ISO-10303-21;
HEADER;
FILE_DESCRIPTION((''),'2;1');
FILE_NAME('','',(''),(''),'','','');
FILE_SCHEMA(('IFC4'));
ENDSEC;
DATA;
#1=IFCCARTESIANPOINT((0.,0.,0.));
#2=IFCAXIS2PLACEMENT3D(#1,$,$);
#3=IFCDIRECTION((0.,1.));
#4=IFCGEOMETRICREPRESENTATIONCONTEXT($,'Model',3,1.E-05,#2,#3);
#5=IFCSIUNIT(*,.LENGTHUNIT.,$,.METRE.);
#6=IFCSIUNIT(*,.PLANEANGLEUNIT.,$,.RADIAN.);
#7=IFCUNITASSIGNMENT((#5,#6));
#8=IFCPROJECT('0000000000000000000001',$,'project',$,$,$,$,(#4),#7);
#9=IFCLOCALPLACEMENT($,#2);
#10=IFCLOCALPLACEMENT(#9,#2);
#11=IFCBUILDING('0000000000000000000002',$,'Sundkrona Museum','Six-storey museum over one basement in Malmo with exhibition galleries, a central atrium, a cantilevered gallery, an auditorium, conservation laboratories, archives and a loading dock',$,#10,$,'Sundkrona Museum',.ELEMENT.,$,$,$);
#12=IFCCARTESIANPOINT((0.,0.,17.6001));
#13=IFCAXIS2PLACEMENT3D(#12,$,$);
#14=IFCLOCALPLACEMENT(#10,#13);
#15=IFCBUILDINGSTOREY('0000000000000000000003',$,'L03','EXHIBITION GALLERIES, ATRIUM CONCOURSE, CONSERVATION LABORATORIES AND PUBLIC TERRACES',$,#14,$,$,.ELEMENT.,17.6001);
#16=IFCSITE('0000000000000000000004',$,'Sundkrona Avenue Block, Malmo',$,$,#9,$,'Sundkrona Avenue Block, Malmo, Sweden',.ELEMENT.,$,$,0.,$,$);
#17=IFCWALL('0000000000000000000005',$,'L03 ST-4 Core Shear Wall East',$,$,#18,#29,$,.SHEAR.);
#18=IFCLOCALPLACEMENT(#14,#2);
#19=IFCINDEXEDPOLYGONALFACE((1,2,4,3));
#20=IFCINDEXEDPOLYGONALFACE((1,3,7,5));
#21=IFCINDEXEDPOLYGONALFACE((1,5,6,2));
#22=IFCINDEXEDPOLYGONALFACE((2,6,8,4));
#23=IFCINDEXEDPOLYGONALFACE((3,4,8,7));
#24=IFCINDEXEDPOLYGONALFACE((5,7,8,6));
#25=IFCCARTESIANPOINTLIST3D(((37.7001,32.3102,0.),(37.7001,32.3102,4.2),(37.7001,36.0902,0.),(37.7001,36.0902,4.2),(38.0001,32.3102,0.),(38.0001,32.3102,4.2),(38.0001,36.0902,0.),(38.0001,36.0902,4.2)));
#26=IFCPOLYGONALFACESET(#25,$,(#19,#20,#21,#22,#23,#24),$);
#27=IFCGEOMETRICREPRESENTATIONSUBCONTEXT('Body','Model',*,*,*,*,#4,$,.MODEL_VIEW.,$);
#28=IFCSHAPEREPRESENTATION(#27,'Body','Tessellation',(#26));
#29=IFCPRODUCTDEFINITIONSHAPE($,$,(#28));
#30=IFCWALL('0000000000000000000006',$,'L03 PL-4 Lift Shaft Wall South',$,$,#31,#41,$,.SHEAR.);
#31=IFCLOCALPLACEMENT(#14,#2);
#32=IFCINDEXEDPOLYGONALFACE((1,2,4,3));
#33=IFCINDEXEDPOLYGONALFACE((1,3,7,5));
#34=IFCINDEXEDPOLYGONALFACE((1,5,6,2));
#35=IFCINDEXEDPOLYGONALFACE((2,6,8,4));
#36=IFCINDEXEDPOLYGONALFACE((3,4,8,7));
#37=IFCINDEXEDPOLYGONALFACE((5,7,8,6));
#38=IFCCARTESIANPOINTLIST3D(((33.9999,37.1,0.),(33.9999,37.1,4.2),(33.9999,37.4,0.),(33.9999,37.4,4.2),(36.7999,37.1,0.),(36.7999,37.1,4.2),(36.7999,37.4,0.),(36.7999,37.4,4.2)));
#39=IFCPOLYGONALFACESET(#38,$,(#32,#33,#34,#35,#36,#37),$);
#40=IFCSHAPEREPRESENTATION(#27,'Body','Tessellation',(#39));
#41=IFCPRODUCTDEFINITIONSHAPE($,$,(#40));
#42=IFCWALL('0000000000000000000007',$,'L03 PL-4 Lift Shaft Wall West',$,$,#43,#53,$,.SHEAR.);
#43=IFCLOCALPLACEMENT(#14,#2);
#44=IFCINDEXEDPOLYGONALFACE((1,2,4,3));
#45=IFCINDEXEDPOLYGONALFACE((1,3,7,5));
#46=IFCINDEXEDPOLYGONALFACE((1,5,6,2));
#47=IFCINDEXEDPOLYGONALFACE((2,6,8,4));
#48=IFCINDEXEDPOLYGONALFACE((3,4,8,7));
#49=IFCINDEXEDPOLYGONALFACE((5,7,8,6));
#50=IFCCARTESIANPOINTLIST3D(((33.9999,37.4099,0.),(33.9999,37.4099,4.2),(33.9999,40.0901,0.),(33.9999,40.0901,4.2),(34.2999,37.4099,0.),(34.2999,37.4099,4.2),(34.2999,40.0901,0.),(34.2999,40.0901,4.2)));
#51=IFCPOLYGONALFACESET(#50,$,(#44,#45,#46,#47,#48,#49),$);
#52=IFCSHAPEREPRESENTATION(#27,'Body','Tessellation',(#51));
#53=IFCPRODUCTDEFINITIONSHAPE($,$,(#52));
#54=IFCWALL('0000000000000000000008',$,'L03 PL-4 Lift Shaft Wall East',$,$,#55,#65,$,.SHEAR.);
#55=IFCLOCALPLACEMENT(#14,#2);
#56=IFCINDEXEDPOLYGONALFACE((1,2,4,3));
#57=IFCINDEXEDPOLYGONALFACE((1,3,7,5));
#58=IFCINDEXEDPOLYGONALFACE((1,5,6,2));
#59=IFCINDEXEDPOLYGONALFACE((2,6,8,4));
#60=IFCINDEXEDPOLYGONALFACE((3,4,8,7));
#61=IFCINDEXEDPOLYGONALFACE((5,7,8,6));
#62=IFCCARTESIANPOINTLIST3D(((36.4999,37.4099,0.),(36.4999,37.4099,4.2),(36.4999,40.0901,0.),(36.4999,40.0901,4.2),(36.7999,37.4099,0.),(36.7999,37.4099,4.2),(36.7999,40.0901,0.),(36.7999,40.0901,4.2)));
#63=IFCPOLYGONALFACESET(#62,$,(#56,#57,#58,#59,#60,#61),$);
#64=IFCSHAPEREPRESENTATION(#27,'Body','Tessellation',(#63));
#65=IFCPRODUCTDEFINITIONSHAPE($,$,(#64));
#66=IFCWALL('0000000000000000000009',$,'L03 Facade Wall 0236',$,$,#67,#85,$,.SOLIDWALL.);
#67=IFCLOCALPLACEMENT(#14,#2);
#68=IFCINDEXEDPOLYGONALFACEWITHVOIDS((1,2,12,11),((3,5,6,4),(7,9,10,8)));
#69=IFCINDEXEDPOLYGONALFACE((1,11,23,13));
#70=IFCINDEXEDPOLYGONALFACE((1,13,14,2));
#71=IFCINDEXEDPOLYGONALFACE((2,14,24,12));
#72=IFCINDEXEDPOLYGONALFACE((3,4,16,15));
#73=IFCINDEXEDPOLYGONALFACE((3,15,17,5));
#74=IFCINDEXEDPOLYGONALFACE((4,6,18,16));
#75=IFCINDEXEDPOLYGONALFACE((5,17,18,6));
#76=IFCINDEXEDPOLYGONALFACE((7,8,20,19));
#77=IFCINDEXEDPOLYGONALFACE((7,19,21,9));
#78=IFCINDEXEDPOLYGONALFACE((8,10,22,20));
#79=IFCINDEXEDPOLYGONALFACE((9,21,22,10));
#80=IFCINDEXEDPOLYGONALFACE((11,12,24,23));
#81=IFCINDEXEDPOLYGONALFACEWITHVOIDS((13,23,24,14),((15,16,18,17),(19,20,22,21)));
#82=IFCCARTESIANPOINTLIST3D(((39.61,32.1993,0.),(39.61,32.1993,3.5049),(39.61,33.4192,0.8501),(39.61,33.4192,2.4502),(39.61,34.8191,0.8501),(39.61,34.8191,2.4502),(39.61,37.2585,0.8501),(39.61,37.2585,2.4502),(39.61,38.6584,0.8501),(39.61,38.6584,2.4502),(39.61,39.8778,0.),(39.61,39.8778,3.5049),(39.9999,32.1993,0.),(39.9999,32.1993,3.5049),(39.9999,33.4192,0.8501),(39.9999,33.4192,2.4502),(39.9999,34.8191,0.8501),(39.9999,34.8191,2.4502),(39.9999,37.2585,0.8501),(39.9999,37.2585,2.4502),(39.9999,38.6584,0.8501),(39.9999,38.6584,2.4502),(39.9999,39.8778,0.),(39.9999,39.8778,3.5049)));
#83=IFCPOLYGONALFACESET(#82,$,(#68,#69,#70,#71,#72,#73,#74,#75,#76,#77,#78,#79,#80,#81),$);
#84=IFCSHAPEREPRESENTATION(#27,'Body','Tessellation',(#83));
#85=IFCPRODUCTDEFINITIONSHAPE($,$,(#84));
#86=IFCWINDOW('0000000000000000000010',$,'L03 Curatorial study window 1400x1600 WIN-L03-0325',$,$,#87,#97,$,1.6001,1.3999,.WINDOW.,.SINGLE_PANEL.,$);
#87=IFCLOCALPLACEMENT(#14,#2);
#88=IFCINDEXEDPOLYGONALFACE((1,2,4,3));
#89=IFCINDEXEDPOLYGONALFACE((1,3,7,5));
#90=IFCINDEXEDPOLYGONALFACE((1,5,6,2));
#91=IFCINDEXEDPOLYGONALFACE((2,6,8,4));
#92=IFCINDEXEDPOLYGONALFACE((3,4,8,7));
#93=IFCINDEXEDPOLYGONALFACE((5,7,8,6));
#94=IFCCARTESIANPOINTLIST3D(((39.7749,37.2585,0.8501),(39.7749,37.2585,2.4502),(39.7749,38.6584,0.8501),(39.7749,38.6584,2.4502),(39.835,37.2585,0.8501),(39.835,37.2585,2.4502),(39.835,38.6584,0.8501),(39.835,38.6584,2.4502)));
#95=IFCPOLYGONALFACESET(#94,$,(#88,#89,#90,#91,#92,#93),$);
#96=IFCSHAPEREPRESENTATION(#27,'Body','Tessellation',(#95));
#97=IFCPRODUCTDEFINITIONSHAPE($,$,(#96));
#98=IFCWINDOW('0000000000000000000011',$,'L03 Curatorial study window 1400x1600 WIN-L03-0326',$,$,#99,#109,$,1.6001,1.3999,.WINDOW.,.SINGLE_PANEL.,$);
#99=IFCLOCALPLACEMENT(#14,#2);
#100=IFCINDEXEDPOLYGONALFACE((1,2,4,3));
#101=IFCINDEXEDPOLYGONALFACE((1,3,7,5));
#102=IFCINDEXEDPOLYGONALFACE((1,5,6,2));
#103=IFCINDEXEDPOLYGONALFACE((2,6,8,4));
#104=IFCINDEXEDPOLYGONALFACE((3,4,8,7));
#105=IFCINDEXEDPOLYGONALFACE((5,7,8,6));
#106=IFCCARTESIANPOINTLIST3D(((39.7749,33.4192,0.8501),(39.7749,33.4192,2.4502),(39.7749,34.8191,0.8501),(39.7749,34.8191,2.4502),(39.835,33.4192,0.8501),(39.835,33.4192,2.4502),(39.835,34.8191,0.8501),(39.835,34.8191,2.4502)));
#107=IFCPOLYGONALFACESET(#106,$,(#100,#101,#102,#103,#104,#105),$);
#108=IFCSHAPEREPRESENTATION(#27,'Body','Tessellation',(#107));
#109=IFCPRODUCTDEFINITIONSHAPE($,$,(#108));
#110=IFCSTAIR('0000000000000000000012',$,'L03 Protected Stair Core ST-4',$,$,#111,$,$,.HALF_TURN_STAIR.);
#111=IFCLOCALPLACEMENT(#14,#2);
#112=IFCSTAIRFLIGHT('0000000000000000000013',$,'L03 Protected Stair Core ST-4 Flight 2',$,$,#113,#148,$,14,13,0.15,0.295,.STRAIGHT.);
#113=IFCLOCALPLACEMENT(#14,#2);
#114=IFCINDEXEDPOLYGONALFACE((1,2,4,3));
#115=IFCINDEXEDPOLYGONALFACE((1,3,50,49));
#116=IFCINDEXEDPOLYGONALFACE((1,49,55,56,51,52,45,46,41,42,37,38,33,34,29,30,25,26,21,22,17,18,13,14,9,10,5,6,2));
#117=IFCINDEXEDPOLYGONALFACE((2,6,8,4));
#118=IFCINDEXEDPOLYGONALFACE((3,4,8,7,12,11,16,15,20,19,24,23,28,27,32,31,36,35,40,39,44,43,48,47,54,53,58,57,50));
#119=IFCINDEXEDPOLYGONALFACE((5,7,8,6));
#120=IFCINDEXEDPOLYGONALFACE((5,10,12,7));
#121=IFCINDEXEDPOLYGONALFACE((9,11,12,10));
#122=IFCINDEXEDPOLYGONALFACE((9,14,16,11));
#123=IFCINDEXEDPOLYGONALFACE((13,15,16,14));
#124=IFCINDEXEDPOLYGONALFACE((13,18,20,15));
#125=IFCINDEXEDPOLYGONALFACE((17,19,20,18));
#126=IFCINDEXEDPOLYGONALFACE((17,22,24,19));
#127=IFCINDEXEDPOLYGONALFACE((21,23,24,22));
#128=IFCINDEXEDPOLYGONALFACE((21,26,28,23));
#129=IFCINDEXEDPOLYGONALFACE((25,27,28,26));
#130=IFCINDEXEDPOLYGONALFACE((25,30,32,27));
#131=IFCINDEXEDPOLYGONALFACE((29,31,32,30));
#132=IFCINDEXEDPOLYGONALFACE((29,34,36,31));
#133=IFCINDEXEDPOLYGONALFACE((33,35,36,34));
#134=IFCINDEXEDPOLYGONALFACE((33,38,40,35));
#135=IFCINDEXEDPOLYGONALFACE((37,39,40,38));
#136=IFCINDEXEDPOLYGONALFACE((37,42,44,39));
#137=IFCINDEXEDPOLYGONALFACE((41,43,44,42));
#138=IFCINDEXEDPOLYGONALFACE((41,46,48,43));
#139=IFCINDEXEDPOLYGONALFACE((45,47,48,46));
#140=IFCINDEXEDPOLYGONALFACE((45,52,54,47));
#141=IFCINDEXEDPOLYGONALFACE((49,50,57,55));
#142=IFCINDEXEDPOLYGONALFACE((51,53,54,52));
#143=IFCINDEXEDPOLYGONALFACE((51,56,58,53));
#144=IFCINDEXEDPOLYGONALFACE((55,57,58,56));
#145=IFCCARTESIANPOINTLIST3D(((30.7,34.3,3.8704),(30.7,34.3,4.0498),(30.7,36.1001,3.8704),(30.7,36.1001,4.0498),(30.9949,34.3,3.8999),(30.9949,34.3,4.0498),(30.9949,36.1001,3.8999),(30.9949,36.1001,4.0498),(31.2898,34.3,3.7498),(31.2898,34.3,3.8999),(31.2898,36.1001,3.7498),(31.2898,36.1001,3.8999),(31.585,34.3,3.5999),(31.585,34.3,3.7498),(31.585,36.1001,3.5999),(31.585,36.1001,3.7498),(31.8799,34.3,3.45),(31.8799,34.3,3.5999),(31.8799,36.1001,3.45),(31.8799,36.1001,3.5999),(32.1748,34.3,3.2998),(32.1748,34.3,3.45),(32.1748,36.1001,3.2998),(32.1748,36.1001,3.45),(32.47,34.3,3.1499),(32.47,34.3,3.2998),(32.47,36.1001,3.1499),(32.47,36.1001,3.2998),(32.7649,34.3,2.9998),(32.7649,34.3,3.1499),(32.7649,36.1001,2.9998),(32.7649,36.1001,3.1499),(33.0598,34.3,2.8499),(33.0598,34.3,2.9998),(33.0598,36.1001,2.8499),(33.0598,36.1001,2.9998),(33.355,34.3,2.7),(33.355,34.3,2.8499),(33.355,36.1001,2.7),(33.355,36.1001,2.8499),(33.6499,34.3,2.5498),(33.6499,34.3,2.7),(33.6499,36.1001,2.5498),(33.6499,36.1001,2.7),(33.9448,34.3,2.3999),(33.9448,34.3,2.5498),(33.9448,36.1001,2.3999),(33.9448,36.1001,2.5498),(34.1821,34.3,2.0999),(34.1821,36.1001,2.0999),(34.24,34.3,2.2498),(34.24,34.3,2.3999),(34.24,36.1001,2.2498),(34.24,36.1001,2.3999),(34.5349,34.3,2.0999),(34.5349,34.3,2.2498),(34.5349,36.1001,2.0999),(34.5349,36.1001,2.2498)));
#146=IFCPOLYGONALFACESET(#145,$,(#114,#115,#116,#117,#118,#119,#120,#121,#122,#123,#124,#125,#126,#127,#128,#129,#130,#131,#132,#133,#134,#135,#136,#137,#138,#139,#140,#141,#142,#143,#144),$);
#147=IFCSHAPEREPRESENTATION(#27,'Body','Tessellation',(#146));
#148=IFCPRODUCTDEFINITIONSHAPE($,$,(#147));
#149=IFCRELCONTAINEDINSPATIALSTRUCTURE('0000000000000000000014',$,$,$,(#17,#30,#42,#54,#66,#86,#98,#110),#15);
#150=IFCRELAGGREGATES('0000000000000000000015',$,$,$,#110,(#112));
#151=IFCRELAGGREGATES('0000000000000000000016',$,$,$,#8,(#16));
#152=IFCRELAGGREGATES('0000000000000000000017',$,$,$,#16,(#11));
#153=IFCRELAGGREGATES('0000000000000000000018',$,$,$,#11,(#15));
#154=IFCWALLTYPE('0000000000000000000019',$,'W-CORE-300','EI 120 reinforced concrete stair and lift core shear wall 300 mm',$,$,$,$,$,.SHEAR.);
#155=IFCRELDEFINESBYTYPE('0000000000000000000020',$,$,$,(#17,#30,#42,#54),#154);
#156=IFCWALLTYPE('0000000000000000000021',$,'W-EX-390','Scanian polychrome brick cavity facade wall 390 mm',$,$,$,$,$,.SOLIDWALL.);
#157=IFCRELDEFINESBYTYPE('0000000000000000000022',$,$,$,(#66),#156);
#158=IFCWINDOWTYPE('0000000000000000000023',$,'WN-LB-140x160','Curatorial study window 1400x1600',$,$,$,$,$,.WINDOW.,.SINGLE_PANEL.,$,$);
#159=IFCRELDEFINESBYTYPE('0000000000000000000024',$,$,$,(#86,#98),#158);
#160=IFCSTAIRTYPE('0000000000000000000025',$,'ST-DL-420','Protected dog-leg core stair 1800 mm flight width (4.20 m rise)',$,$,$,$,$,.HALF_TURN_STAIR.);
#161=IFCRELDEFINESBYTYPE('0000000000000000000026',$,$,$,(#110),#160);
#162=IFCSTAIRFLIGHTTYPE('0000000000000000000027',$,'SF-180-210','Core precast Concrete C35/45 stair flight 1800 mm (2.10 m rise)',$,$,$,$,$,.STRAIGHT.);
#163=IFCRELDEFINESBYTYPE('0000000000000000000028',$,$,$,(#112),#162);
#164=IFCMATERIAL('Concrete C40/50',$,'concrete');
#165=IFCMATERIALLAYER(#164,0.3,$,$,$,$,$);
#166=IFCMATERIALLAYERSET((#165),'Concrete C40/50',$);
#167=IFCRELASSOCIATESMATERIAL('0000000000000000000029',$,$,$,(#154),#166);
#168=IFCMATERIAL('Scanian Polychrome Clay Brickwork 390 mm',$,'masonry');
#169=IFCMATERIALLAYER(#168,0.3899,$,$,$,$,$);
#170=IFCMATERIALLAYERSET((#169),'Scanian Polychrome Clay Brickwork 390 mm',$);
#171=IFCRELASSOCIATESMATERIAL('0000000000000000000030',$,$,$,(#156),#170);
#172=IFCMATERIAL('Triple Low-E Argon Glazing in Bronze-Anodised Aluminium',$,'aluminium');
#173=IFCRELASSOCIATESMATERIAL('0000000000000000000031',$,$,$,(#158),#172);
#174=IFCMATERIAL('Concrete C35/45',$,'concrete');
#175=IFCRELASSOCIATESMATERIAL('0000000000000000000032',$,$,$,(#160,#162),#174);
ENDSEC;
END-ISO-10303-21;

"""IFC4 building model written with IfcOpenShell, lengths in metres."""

from ifc_helpers import new_model, si_unit, direction, frame, frame_2d, origin, place, context, subcontext, project, spatial, polyline, rectangle, outline, extrude, material, layer, layer_set, type_object, element, fill, aggregate, save


model = new_model("IFC4")

# Units and contexts
model_context = context("Model", 3, precision=1e-05, world=origin(), true_north=direction((0.0, 1.0)))
body_context = subcontext(model_context, "Body", "Model", "MODEL_VIEW")
ifc_project = project(units=[si_unit("LENGTHUNIT", "METRE"), si_unit("PLANEANGLEUNIT", "RADIAN")], contexts=[model_context])

# Site, building, storey
site_placement = place(None, origin())
site = spatial("IfcSite", under=ifc_project, at=site_placement, Name="Sundkrona Avenue Block, Malmo", LongName="Sundkrona Avenue Block, Malmo, Sweden", CompositionType="ELEMENT", RefElevation=0.0)
building_placement = place(site_placement, origin())
building = spatial("IfcBuilding", under=site, at=building_placement, Name="Sundkrona Museum", Description="Six-storey museum over one basement in Malmo with exhibition galleries, a central atrium, a cantilevered gallery, an auditorium, conservation laboratories, archives and a loading dock", LongName="Sundkrona Museum", CompositionType="ELEMENT")
storey_placement = place(building_placement, frame((0.0, 0.0, 17.6001)))
storey = spatial("IfcBuildingStorey", under=building, at=storey_placement, Name="L03", Description="EXHIBITION GALLERIES, ATRIUM CONCOURSE, CONSERVATION LABORATORIES AND PUBLIC TERRACES", CompositionType="ELEMENT", Elevation=17.6001)

# Walls
ifc_material_1 = material(Name="Concrete C40/50", Category="concrete")
ifc_layer_1 = layer(ifc_material_1, 0.3)
ifc_layer_set_1 = layer_set([ifc_layer_1], Name="Concrete C40/50")
wall_type_1 = type_object("IfcWallType", Name="W-CORE-300", Description="EI 120 reinforced concrete stair and lift core shear wall 300 mm", PredefinedType="SHEAR", material=ifc_layer_set_1)
wall_1_placement = place(storey_placement, frame((37.8501, 32.3101, 0.0), z_axis=(0.0, 0.0, 1.0), x_axis=(0.0, 1.0, 0.0)))
element("IfcWall", 1, at=wall_1_placement, inside=storey, type_object=wall_type_1, Name="L03 ST-4 Core Shear Wall East", PredefinedType="SHEAR", context=body_context, shape_type="SweptSolid", body=[
    extrude(rectangle(XDim=3.78, YDim=0.3, at=frame_2d((1.8901, 0.0))), origin(), (0.0, 0.0, 1.0), 4.2),
])
wall_2_placement = place(storey_placement, frame((34.0, 37.25, 0.0), z_axis=(0.0, 0.0, 1.0), x_axis=(1.0, 0.0, 0.0)))
element("IfcWall", 2, at=wall_2_placement, inside=storey, type_object=wall_type_1, Name="L03 PL-4 Lift Shaft Wall South", PredefinedType="SHEAR", context=body_context, shape_type="SweptSolid", body=[
    extrude(rectangle(XDim=2.8, YDim=0.3, at=frame_2d((1.3999, 0.0))), origin(), (0.0, 0.0, 1.0), 4.2),
])
for number, where, z_axis, x_axis, name in (
    (3, (34.1499, 37.4099, 0.0), (0.0, 0.0, 1.0), (0.0, 1.0, 0.0), "L03 PL-4 Lift Shaft Wall West"),
    (4, (36.6499, 37.4099, 0.0), (0.0, 0.0, 1.0), (0.0, 1.0, 0.0), "L03 PL-4 Lift Shaft Wall East"),
):
    element("IfcWall", number, at=place(storey_placement, frame(where, z_axis=z_axis, x_axis=x_axis)), inside=storey, type_object=wall_type_1, Name=name, PredefinedType="SHEAR", context=body_context, shape_type="SweptSolid", body=[
        extrude(rectangle(XDim=2.6802, YDim=0.3, at=frame_2d((1.3401, 0.0))), origin(), (0.0, 0.0, 1.0), 4.2),
    ])

# Wall, openings, windows
ifc_material_2 = material(Name="Scanian Polychrome Clay Brickwork 390 mm", Category="masonry")
ifc_layer_2 = layer(ifc_material_2, 0.3899)
ifc_layer_set_2 = layer_set([ifc_layer_2], Name="Scanian Polychrome Clay Brickwork 390 mm")
wall_type_2 = type_object("IfcWallType", Name="W-EX-390", Description="Scanian polychrome brick cavity facade wall 390 mm", PredefinedType="SOLIDWALL", material=ifc_layer_set_2)
wall_3_placement = place(storey_placement, frame((39.8049, 39.8779, 0.0), z_axis=(0.0, 0.0, 1.0), x_axis=(0.0, -1.0, 0.0)))
wall_3 = element("IfcWall", 5, at=wall_3_placement, inside=storey, type_object=wall_type_2, Name="L03 Facade Wall 0236", PredefinedType="SOLIDWALL", context=body_context, shape_type="SweptSolid", body=[
    extrude(rectangle(XDim=7.6785, YDim=0.3899, at=frame_2d((3.8394, 0.0))), origin(), (0.0, 0.0, 1.0), 3.5049),
])
opening_1_placement = place(wall_3_placement, frame((1.2195, 0.0, 0.8501)))
opening_1 = element("IfcOpeningElement", 6, at=opening_1_placement, cuts=wall_3, PredefinedType="OPENING", context=body_context, shape_type="SweptSolid", body=[
    extrude(rectangle(XDim=1.3999, YDim=1.6001, at=frame_2d((0.7, 0.8))), frame((0.0, 0.2048, 0.0), z_axis=(0.0, -1.0, 0.0), x_axis=(1.0, 0.0, 0.0)), (0.0, 0.0, 1.0), 0.4099),
])
opening_2_placement = place(wall_3_placement, frame((5.0588, 0.0, 0.8501)))
opening_2 = element("IfcOpeningElement", 7, at=opening_2_placement, cuts=wall_3, PredefinedType="OPENING", context=body_context, shape_type="SweptSolid", body=[
    extrude(rectangle(XDim=1.3999, YDim=1.6001, at=frame_2d((0.7, 0.8))), frame((0.0, 0.2048, 0.0), z_axis=(0.0, -1.0, 0.0), x_axis=(1.0, 0.0, 0.0)), (0.0, 0.0, 1.0), 0.4099),
])
ifc_material_3 = material(Name="Triple Low-E Argon Glazing in Bronze-Anodised Aluminium", Category="aluminium")
window_type = type_object("IfcWindowType", Name="WN-LB-140x160", Description="Curatorial study window 1400x1600", PartitioningType="SINGLE_PANEL", PredefinedType="WINDOW", material=ifc_material_3)
window_1_placement = place(opening_1_placement, origin())
window_1 = element("IfcWindow", 8, at=window_1_placement, inside=storey, type_object=window_type, Name="L03 Curatorial study window 1400x1600 WIN-L03-0325", OverallHeight=1.6001, OverallWidth=1.3999, PartitioningType="SINGLE_PANEL", PredefinedType="WINDOW", context=body_context, shape_type="SweptSolid", body=[
    extrude(rectangle(XDim=1.3999, YDim=1.6001, at=frame_2d((0.7, 0.8))), frame((0.0, 0.03, 0.0), z_axis=(0.0, -1.0, 0.0), x_axis=(1.0, 0.0, 0.0)), (0.0, 0.0, 1.0), 0.0601),
])
fill(opening_1, window_1)
window_2_placement = place(opening_2_placement, origin())
window_2 = element("IfcWindow", 9, at=window_2_placement, inside=storey, type_object=window_type, Name="L03 Curatorial study window 1400x1600 WIN-L03-0326", OverallHeight=1.6001, OverallWidth=1.3999, PartitioningType="SINGLE_PANEL", PredefinedType="WINDOW", context=body_context, shape_type="SweptSolid", body=[
    extrude(rectangle(XDim=1.3999, YDim=1.6001, at=frame_2d((0.7, 0.8))), frame((0.0, 0.03, 0.0), z_axis=(0.0, -1.0, 0.0), x_axis=(1.0, 0.0, 0.0)), (0.0, 0.0, 1.0), 0.0601),
])
fill(opening_2, window_2)

# Stair, stair flight
ifc_material_4 = material(Name="Concrete C35/45", Category="concrete")
stair_type = type_object("IfcStairType", Name="ST-DL-420", Description="Protected dog-leg core stair 1800 mm flight width (4.20 m rise)", PredefinedType="HALF_TURN_STAIR", material=ifc_material_4)
stair_placement = place(storey_placement, origin())
stair = element("IfcStair", 10, at=stair_placement, inside=storey, type_object=stair_type, Name="L03 Protected Stair Core ST-4", PredefinedType="HALF_TURN_STAIR")
stair_flight_type = type_object("IfcStairFlightType", Name="SF-180-210", Description="Core precast Concrete C35/45 stair flight 1800 mm (2.10 m rise)", PredefinedType="STRAIGHT", material=ifc_material_4)
stair_flight_placement = place(storey_placement, frame((34.5349, 35.2, 2.0999), z_axis=(0.0, 0.0, 1.0), x_axis=(-1.0, 0.0, 0.0)))
stair_flight = element("IfcStairFlight", 11, at=stair_flight_placement, type_object=stair_flight_type, Name="L03 Protected Stair Core ST-4 Flight 2", NumberOfRisers=14, NumberOfTreads=13, PredefinedType="STRAIGHT", RiserHeight=0.15, TreadLength=0.295, context=body_context, shape_type="SweptSolid", body=[
    extrude(outline(polyline([(0.0, 0.0), (0.0, 0.1499), (0.2949, 0.1499), (0.2949, 0.3), (0.5901, 0.3), (0.5901, 0.45), (0.885, 0.45), (0.885, 0.6001), (1.1799, 0.6001), (1.1799, 0.75), (1.4751, 0.75), (1.4751, 0.8999), (1.77, 0.8999), (1.77, 1.05), (2.0649, 1.05), (2.0649, 1.2), (2.3601, 1.2), (2.3601, 1.3501), (2.655, 1.3501), (2.655, 1.5), (2.95, 1.5), (2.95, 1.6499), (3.2451, 1.6499), (3.2451, 1.8), (3.54, 1.8), (3.54, 1.95), (3.835, 1.95), (3.835, 2.1001), (3.835, 1.7705), (0.3528, 0.0), (0.0, 0.0)])), frame((0.0, 0.8999, 0.0), z_axis=(0.0, -1.0, 0.0), x_axis=(1.0, 0.0, 0.0)), (0.0, 0.0, 1.0), 1.8),
])
aggregate(stair, [stair_flight])

save(model, "model.ifc")
